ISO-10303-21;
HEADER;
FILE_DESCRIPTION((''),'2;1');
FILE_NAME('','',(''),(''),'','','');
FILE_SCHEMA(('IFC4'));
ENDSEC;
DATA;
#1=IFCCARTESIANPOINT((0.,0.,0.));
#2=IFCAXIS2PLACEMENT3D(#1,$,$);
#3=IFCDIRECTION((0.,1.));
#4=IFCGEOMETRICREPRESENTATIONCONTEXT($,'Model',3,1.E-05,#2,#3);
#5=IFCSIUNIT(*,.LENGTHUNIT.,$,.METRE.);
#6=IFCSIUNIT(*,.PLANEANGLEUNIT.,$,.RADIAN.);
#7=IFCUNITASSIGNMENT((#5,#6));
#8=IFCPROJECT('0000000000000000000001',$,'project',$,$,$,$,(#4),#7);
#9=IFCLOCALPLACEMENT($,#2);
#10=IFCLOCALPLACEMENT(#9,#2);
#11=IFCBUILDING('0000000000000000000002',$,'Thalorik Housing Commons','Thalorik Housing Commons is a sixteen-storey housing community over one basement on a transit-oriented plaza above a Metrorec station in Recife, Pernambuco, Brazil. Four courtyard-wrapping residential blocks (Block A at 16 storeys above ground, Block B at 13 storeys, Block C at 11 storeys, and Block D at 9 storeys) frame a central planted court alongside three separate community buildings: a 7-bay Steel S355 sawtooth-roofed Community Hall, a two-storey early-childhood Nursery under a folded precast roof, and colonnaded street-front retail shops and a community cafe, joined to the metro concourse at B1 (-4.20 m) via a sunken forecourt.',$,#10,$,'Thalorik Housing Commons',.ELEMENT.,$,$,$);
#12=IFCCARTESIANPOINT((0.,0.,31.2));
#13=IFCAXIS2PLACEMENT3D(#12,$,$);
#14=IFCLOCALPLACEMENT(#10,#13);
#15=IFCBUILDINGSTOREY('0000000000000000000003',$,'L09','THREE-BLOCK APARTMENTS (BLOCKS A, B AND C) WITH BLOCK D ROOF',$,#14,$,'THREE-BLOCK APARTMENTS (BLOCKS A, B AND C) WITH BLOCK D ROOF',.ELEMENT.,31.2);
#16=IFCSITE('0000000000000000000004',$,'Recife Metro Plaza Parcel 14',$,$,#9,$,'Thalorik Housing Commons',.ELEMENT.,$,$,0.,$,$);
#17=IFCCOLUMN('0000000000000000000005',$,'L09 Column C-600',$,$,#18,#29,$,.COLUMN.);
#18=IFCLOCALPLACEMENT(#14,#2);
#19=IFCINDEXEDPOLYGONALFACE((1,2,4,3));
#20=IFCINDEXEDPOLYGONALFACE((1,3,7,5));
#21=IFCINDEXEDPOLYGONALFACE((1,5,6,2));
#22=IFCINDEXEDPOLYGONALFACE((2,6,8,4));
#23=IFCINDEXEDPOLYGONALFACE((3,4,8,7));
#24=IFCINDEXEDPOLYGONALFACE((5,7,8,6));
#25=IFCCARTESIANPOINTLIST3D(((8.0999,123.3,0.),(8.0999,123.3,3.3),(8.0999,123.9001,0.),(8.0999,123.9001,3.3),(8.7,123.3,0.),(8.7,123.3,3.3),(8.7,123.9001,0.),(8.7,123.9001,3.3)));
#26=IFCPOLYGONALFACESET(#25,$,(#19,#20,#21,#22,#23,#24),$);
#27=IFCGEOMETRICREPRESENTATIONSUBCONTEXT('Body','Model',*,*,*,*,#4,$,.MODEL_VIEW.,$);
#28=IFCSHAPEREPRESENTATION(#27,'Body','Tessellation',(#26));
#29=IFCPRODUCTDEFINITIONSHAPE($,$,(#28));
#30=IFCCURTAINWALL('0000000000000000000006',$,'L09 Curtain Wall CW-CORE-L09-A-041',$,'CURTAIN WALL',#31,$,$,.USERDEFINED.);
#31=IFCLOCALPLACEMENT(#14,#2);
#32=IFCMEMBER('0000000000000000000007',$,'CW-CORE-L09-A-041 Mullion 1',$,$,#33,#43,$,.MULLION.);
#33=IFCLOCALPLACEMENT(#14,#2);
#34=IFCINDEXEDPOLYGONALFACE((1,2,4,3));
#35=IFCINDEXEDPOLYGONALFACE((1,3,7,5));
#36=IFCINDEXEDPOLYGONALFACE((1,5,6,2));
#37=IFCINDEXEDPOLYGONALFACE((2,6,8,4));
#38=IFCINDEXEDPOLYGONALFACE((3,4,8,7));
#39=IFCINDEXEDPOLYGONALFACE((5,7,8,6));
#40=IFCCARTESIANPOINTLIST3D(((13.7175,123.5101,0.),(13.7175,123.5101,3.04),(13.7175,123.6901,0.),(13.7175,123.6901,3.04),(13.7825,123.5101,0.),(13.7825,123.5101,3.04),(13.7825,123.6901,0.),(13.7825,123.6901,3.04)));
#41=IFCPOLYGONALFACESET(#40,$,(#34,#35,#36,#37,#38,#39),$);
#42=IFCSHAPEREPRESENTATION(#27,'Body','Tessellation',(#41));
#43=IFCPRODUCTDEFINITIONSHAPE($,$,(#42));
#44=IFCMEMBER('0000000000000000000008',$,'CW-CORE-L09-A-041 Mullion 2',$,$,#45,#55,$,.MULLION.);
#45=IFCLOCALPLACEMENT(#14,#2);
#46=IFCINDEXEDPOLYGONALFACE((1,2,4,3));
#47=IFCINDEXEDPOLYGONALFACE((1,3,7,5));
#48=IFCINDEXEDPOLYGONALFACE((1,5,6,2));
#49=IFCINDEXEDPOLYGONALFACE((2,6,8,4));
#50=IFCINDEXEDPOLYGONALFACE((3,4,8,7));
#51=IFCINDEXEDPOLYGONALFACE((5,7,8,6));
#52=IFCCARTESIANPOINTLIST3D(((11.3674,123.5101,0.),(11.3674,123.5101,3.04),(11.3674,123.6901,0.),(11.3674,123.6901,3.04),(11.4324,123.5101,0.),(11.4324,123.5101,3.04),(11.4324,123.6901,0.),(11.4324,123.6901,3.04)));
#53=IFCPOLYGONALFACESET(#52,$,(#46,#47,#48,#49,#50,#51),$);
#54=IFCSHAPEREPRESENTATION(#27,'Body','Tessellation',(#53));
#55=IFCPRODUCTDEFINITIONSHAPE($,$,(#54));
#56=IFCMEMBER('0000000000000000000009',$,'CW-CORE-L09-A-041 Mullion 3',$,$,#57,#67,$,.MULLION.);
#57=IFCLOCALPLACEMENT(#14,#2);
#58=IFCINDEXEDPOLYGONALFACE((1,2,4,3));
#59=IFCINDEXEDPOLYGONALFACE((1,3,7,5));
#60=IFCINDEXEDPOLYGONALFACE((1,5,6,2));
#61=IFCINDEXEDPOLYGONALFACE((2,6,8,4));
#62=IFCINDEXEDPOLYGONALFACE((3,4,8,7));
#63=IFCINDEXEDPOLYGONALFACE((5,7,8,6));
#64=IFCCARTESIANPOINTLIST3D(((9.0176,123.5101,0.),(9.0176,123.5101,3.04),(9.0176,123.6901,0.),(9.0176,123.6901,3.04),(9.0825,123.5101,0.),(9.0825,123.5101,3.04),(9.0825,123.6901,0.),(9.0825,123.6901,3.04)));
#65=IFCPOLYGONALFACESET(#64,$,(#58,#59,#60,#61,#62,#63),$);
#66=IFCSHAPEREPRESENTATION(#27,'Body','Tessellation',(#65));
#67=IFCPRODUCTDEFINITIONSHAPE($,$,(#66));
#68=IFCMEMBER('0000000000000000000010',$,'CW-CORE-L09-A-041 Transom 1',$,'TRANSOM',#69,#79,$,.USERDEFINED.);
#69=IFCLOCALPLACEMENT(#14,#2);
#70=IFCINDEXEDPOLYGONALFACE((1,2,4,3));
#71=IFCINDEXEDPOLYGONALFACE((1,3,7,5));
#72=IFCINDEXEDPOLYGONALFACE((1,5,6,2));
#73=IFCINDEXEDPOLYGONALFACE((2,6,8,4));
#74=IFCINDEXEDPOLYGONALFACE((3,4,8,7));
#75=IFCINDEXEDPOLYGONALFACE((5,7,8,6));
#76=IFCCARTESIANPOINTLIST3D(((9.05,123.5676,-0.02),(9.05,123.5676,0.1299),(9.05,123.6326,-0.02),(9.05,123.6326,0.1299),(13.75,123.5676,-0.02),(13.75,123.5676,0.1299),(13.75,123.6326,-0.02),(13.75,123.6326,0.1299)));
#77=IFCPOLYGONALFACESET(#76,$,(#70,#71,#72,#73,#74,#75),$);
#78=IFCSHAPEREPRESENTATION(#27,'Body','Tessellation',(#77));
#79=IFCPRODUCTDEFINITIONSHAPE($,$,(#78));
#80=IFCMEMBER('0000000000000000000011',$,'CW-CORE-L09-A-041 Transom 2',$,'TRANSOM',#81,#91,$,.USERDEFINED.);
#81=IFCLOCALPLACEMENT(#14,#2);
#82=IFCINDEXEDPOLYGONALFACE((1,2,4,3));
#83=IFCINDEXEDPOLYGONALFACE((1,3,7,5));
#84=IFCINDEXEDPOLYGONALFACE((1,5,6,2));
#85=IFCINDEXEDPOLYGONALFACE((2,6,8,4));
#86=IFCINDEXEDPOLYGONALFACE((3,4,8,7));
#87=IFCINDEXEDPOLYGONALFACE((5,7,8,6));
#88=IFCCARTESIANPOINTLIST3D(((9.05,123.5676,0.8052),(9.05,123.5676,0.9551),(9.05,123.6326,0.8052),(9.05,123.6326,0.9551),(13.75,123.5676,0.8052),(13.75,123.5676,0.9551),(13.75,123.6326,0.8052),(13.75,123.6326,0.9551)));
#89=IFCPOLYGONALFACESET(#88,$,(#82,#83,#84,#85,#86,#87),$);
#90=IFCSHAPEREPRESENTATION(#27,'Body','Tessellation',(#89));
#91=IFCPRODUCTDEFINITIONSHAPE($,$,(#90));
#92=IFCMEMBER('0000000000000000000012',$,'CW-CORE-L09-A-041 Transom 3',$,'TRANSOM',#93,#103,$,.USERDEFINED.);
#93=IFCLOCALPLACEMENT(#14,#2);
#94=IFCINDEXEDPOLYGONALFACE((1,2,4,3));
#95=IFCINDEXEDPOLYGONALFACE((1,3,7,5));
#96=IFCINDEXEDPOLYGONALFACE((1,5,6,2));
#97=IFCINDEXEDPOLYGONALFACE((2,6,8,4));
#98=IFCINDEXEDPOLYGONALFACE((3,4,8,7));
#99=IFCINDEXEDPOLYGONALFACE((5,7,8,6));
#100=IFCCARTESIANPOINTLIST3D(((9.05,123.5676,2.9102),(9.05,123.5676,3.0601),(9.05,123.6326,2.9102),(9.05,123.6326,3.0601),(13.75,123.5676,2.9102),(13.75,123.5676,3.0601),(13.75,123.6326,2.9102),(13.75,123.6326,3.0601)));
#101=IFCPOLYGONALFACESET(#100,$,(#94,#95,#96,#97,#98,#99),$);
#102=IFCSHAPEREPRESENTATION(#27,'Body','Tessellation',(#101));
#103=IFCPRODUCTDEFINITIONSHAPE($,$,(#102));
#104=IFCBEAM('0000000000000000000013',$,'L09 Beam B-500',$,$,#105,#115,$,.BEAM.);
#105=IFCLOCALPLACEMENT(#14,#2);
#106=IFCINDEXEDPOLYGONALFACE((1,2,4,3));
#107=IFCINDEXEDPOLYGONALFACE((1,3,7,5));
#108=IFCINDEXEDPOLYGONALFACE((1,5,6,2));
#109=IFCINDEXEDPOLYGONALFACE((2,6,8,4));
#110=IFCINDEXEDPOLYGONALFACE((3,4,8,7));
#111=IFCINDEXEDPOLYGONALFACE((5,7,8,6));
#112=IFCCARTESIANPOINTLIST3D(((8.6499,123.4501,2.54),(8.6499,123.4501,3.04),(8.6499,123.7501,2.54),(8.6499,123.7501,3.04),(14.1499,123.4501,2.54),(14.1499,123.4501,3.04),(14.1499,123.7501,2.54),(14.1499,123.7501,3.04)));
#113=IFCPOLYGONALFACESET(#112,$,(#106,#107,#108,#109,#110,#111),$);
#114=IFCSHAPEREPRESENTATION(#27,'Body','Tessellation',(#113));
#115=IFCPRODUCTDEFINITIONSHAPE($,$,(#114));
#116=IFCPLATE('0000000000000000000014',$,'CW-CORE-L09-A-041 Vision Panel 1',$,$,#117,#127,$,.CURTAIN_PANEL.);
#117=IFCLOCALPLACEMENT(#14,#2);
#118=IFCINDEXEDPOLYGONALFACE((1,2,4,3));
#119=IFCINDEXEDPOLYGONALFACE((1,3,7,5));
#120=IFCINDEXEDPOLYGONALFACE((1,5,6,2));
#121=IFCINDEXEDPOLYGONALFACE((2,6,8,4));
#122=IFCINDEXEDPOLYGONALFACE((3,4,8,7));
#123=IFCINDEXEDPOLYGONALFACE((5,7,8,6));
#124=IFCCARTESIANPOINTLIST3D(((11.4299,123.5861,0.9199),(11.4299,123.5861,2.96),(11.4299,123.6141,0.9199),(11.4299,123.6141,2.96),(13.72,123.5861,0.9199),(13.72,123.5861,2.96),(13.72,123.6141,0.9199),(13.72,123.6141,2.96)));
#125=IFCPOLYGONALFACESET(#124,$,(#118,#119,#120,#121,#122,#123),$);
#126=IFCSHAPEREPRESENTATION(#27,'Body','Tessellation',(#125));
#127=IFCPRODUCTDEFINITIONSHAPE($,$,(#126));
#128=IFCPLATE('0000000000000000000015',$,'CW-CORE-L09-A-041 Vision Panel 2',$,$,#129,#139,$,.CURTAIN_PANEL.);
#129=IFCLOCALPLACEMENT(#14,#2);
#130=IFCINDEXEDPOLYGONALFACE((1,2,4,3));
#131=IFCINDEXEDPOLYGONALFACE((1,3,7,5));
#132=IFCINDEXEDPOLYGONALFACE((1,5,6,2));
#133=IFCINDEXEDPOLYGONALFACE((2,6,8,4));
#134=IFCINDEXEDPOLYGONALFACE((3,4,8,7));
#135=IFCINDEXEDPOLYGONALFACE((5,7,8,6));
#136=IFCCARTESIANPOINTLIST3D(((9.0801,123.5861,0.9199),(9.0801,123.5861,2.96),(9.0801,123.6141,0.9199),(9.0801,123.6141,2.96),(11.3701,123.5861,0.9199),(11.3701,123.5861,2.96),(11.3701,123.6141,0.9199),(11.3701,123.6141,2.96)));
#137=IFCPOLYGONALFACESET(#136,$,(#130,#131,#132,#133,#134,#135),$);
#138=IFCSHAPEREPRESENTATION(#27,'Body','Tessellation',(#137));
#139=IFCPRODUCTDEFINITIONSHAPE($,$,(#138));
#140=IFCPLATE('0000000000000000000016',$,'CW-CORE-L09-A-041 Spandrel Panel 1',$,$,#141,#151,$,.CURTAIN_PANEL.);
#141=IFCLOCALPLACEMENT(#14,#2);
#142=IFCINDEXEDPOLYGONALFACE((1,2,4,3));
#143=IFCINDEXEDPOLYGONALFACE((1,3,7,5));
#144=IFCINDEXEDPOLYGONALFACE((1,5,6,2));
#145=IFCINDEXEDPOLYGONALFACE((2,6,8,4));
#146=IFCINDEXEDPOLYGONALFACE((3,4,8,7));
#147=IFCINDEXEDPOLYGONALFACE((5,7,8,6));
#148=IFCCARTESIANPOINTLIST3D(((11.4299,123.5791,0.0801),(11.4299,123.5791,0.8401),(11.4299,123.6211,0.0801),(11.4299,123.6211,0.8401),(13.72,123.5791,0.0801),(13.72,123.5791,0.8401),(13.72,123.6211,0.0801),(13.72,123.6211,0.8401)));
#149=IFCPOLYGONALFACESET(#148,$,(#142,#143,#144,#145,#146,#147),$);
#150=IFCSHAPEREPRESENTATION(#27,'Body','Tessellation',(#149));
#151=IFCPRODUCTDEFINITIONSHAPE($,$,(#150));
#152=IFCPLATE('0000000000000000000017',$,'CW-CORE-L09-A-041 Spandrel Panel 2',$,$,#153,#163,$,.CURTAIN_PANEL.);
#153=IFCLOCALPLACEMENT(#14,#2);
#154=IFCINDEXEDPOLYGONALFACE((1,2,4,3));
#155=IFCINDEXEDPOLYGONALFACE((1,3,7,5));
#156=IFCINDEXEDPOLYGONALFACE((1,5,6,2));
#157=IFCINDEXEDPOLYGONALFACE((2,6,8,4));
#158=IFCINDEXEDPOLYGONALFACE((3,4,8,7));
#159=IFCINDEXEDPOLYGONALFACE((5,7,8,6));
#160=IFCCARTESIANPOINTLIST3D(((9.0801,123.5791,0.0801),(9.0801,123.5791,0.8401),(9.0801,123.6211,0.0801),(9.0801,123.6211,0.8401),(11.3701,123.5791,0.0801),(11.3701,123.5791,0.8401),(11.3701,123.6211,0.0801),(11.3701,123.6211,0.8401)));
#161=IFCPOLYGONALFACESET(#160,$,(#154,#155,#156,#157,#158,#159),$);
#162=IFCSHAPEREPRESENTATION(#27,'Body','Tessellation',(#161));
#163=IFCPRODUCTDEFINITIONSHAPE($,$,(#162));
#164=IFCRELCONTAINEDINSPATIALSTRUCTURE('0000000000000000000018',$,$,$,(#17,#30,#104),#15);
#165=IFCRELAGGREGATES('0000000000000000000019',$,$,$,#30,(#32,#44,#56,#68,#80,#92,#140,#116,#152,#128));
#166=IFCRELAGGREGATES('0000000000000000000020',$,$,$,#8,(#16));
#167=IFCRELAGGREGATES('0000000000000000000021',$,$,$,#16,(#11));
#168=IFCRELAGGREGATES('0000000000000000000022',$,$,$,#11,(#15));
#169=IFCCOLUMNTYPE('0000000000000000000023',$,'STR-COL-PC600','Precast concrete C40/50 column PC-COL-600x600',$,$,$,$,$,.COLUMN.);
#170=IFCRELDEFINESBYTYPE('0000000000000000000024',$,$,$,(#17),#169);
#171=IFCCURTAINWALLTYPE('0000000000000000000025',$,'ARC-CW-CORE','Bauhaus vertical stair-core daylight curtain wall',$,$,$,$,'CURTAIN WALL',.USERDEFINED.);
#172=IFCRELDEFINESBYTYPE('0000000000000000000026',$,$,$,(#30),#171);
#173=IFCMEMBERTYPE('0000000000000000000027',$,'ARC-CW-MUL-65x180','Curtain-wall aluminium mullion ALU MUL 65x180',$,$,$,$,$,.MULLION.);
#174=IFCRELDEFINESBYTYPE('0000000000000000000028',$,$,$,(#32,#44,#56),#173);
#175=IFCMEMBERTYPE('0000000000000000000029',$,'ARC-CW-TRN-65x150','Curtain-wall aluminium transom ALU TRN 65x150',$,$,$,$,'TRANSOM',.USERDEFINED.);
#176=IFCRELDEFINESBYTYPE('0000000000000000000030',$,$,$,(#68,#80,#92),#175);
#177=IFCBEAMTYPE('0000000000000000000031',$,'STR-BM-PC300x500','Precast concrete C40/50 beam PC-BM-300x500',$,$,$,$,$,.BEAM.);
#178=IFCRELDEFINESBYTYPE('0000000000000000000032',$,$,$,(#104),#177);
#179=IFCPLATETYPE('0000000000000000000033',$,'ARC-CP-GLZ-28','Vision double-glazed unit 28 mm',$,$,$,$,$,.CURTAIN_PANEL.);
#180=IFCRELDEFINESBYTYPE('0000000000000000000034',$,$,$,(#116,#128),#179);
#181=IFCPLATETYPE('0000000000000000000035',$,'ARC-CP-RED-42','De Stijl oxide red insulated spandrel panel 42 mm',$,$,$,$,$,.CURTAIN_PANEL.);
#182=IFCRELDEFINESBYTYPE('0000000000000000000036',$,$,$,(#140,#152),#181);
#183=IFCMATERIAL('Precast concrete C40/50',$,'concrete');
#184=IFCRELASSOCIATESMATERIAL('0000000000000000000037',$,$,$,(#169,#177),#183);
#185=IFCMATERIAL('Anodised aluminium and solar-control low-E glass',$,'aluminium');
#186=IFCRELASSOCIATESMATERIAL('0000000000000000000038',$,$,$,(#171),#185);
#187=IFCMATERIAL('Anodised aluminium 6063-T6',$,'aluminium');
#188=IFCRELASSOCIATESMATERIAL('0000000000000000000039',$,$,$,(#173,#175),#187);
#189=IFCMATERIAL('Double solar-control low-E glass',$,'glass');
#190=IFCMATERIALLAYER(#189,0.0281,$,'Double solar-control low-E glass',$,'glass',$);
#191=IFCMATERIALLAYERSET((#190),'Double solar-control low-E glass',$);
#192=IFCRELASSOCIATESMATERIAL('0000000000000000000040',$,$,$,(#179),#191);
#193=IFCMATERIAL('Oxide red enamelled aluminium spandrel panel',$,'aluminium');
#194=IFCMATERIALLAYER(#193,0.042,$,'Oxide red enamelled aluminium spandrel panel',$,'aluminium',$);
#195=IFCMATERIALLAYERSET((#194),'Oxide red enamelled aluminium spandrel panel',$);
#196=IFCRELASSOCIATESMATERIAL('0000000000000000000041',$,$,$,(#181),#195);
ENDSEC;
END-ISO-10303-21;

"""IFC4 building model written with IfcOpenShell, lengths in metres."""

from ifc_helpers import new_model, si_unit, direction, frame, origin, origin_2d, place, context, subcontext, project, spatial, rectangle, extrude, material, layer, layer_set, material_profile, profile_set, type_object, element, aggregate, save


model = new_model("IFC4")

# Units and contexts
model_context = context("Model", 3, precision=1e-05, world=origin(), true_north=direction((0.0, 1.0)))
body_context = subcontext(model_context, "Body", "Model", "MODEL_VIEW")
ifc_project = project(units=[si_unit("LENGTHUNIT", "METRE"), si_unit("PLANEANGLEUNIT", "RADIAN")], contexts=[model_context])

# Site, building, storey
site_placement = place(None, origin())
site = spatial("IfcSite", under=ifc_project, at=site_placement, Name="Recife Metro Plaza Parcel 14", LongName="Thalorik Housing Commons", CompositionType="ELEMENT", RefElevation=0.0)
building_placement = place(site_placement, origin())
building = spatial("IfcBuilding", under=site, at=building_placement, Name="Thalorik Housing Commons", Description="Thalorik Housing Commons is a sixteen-storey housing community over one basement on a transit-oriented plaza above a Metrorec station in Recife, Pernambuco, Brazil. Four courtyard-wrapping residential blocks (Block A at 16 storeys above ground, Block B at 13 storeys, Block C at 11 storeys, and Block D at 9 storeys) frame a central planted court alongside three separate community buildings: a 7-bay Steel S355 sawtooth-roofed Community Hall, a two-storey early-childhood Nursery under a folded precast roof, and colonnaded street-front retail shops and a community cafe, joined to the metro concourse at B1 (-4.20 m) via a sunken forecourt.", LongName="Thalorik Housing Commons", CompositionType="ELEMENT")
storey_placement = place(building_placement, frame((0.0, 0.0, 31.2)))
storey = spatial("IfcBuildingStorey", under=building, at=storey_placement, Name="L09", Description="THREE-BLOCK APARTMENTS (BLOCKS A, B AND C) WITH BLOCK D ROOF", LongName="THREE-BLOCK APARTMENTS (BLOCKS A, B AND C) WITH BLOCK D ROOF", CompositionType="ELEMENT", Elevation=31.2)

# Column
ifc_material_1 = material(Name="Precast concrete C40/50", Category="concrete")
ifc_material_profile_1 = material_profile(ifc_material_1, rectangle(XDim=0.6001, YDim=0.6001, at=origin_2d()), Name="PC 600x600", Category="concrete")
ifc_profile_set_1 = profile_set([ifc_material_profile_1], Name="Precast concrete C40/50")
column_type = type_object("IfcColumnType", Name="STR-COL-PC600", Description="Precast concrete C40/50 column PC-COL-600x600", PredefinedType="COLUMN", material=ifc_profile_set_1)
column_placement = place(storey_placement, frame((8.3999, 123.6001, 0.0), z_axis=(0.0, 0.0, 1.0), x_axis=(1.0, 0.0, 0.0)))
element("IfcColumn", 1, at=column_placement, inside=storey, type_object=column_type, Name="L09 Column C-600", PredefinedType="COLUMN", context=body_context, shape_type="SweptSolid", body=[
    extrude(rectangle(XDim=0.6001, YDim=0.6001, at=origin_2d()), origin(), (0.0, 0.0, 1.0), 3.3),
])

# Curtain wall, members
ifc_material_2 = material(Name="Anodised aluminium and solar-control low-E glass", Category="aluminium")
curtain_wall_type = type_object("IfcCurtainWallType", Name="ARC-CW-CORE", Description="Bauhaus vertical stair-core daylight curtain wall", ElementType="CURTAIN WALL", PredefinedType="USERDEFINED", material=ifc_material_2)
curtain_wall_placement = place(storey_placement, origin())
curtain_wall = element("IfcCurtainWall", 2, at=curtain_wall_placement, inside=storey, type_object=curtain_wall_type, Name="L09 Curtain Wall CW-CORE-L09-A-041", ObjectType="CURTAIN WALL", PredefinedType="USERDEFINED")
ifc_material_3 = material(Name="Anodised aluminium 6063-T6", Category="aluminium")
ifc_material_profile_2 = material_profile(ifc_material_3, rectangle(XDim=0.0649, YDim=0.1799, at=origin_2d()), Name="ALU MUL 65x180", Category="aluminium")
ifc_profile_set_2 = profile_set([ifc_material_profile_2], Name="Anodised aluminium 6063-T6")
member_type_1 = type_object("IfcMemberType", Name="ARC-CW-MUL-65x180", Description="Curtain-wall aluminium mullion ALU MUL 65x180", PredefinedType="MULLION", material=ifc_profile_set_2)
member_1_placement = place(storey_placement, frame((13.75, 123.6001, 0.0), z_axis=(0.0, 0.0, 1.0), x_axis=(-1.0, 0.0, 0.0)))
member_1 = element("IfcMember", 3, at=member_1_placement, type_object=member_type_1, Name="CW-CORE-L09-A-041 Mullion 1", PredefinedType="MULLION", context=body_context, shape_type="SweptSolid", body=[
    extrude(rectangle(XDim=0.0649, YDim=0.1799, at=origin_2d()), origin(), (0.0, 0.0, 1.0), 3.04),
])
member_2_placement = place(storey_placement, frame((11.3999, 123.6001, 0.0), z_axis=(0.0, 0.0, 1.0), x_axis=(-1.0, 0.0, 0.0)))
member_2 = element("IfcMember", 4, at=member_2_placement, type_object=member_type_1, Name="CW-CORE-L09-A-041 Mullion 2", PredefinedType="MULLION", context=body_context, shape_type="SweptSolid", body=[
    extrude(rectangle(XDim=0.0649, YDim=0.1799, at=origin_2d()), origin(), (0.0, 0.0, 1.0), 3.04),
])
member_3_placement = place(storey_placement, frame((9.05, 123.6001, 0.0), z_axis=(0.0, 0.0, 1.0), x_axis=(-1.0, 0.0, 0.0)))
member_3 = element("IfcMember", 5, at=member_3_placement, type_object=member_type_1, Name="CW-CORE-L09-A-041 Mullion 3", PredefinedType="MULLION", context=body_context, shape_type="SweptSolid", body=[
    extrude(rectangle(XDim=0.0649, YDim=0.1799, at=origin_2d()), origin(), (0.0, 0.0, 1.0), 3.04),
])
ifc_material_profile_3 = material_profile(ifc_material_3, rectangle(XDim=0.0649, YDim=0.1499, at=origin_2d()), Name="ALU TRN 65x150", Category="aluminium")
ifc_profile_set_3 = profile_set([ifc_material_profile_3], Name="Anodised aluminium 6063-T6")
member_type_2 = type_object("IfcMemberType", Name="ARC-CW-TRN-65x150", Description="Curtain-wall aluminium transom ALU TRN 65x150", ElementType="TRANSOM", PredefinedType="USERDEFINED", material=ifc_profile_set_3)
member_4_placement = place(storey_placement, frame((13.75, 123.6001, 0.0549), z_axis=(-1.0, 0.0, 0.0), x_axis=(0.0, -1.0, 0.0)))
member_4 = element("IfcMember", 6, at=member_4_placement, type_object=member_type_2, Name="CW-CORE-L09-A-041 Transom 1", ObjectType="TRANSOM", PredefinedType="USERDEFINED", context=body_context, shape_type="SweptSolid", body=[
    extrude(rectangle(XDim=0.0649, YDim=0.1499, at=origin_2d()), origin(), (0.0, 0.0, 1.0), 4.7),
])
member_5_placement = place(storey_placement, frame((13.75, 123.6001, 0.8801), z_axis=(-1.0, 0.0, 0.0), x_axis=(0.0, -1.0, 0.0)))
member_5 = element("IfcMember", 7, at=member_5_placement, type_object=member_type_2, Name="CW-CORE-L09-A-041 Transom 2", ObjectType="TRANSOM", PredefinedType="USERDEFINED", context=body_context, shape_type="SweptSolid", body=[
    extrude(rectangle(XDim=0.0649, YDim=0.1499, at=origin_2d()), origin(), (0.0, 0.0, 1.0), 4.7),
])
member_6_placement = place(storey_placement, frame((13.75, 123.6001, 2.9851), z_axis=(-1.0, 0.0, 0.0), x_axis=(0.0, -1.0, 0.0)))
member_6 = element("IfcMember", 8, at=member_6_placement, type_object=member_type_2, Name="CW-CORE-L09-A-041 Transom 3", ObjectType="TRANSOM", PredefinedType="USERDEFINED", context=body_context, shape_type="SweptSolid", body=[
    extrude(rectangle(XDim=0.0649, YDim=0.1499, at=origin_2d()), origin(), (0.0, 0.0, 1.0), 4.7),
])

# Beam
ifc_material_profile_4 = material_profile(ifc_material_1, rectangle(XDim=0.3, YDim=0.5, at=origin_2d()), Name="PC 300x500", Category="concrete")
ifc_profile_set_4 = profile_set([ifc_material_profile_4], Name="Precast concrete C40/50")
beam_type = type_object("IfcBeamType", Name="STR-BM-PC300x500", Description="Precast concrete C40/50 beam PC-BM-300x500", PredefinedType="BEAM", material=ifc_profile_set_4)
beam_placement = place(storey_placement, frame((8.6499, 123.6001, 2.79), z_axis=(1.0, 0.0, 0.0), x_axis=(0.0, 1.0, 0.0)))
element("IfcBeam", 9, at=beam_placement, inside=storey, type_object=beam_type, Name="L09 Beam B-500", PredefinedType="BEAM", context=body_context, shape_type="SweptSolid", body=[
    extrude(rectangle(XDim=0.3, YDim=0.5, at=origin_2d()), origin(), (0.0, 0.0, 1.0), 5.5),
])

# Plates
ifc_material_4 = material(Name="Double solar-control low-E glass", Category="glass")
ifc_layer_1 = layer(ifc_material_4, 0.0281, Name="Double solar-control low-E glass", Category="glass")
ifc_layer_set_1 = layer_set([ifc_layer_1], Name="Double solar-control low-E glass")
plate_type_1 = type_object("IfcPlateType", Name="ARC-CP-GLZ-28", Description="Vision double-glazed unit 28 mm", PredefinedType="CURTAIN_PANEL", material=ifc_layer_set_1)
plate_1_placement = place(storey_placement, frame((12.575, 123.6001, 0.9199), z_axis=(0.0, 0.0, 1.0), x_axis=(-1.0, 0.0, 0.0)))
plate_1 = element("IfcPlate", 10, at=plate_1_placement, type_object=plate_type_1, Name="CW-CORE-L09-A-041 Vision Panel 1", PredefinedType="CURTAIN_PANEL", context=body_context, shape_type="SweptSolid", body=[
    extrude(rectangle(XDim=2.29, YDim=0.0281, at=origin_2d()), origin(), (0.0, 0.0, 1.0), 2.04),
])
plate_2_placement = place(storey_placement, frame((10.2251, 123.6001, 0.9199), z_axis=(0.0, 0.0, 1.0), x_axis=(-1.0, 0.0, 0.0)))
plate_2 = element("IfcPlate", 11, at=plate_2_placement, type_object=plate_type_1, Name="CW-CORE-L09-A-041 Vision Panel 2", PredefinedType="CURTAIN_PANEL", context=body_context, shape_type="SweptSolid", body=[
    extrude(rectangle(XDim=2.29, YDim=0.0281, at=origin_2d()), origin(), (0.0, 0.0, 1.0), 2.04),
])
ifc_material_5 = material(Name="Oxide red enamelled aluminium spandrel panel", Category="aluminium")
ifc_layer_2 = layer(ifc_material_5, 0.042, Name="Oxide red enamelled aluminium spandrel panel", Category="aluminium")
ifc_layer_set_2 = layer_set([ifc_layer_2], Name="Oxide red enamelled aluminium spandrel panel")
plate_type_2 = type_object("IfcPlateType", Name="ARC-CP-RED-42", Description="De Stijl oxide red insulated spandrel panel 42 mm", PredefinedType="CURTAIN_PANEL", material=ifc_layer_set_2)
plate_3_placement = place(storey_placement, frame((12.575, 123.6001, 0.0801), z_axis=(0.0, 0.0, 1.0), x_axis=(-1.0, 0.0, 0.0)))
plate_3 = element("IfcPlate", 12, at=plate_3_placement, type_object=plate_type_2, Name="CW-CORE-L09-A-041 Spandrel Panel 1", PredefinedType="CURTAIN_PANEL", context=body_context, shape_type="SweptSolid", body=[
    extrude(rectangle(XDim=2.29, YDim=0.042, at=origin_2d()), origin(), (0.0, 0.0, 1.0), 0.76),
])
plate_4_placement = place(storey_placement, frame((10.2251, 123.6001, 0.0801), z_axis=(0.0, 0.0, 1.0), x_axis=(-1.0, 0.0, 0.0)))
plate_4 = element("IfcPlate", 13, at=plate_4_placement, type_object=plate_type_2, Name="CW-CORE-L09-A-041 Spandrel Panel 2", PredefinedType="CURTAIN_PANEL", context=body_context, shape_type="SweptSolid", body=[
    extrude(rectangle(XDim=2.29, YDim=0.042, at=origin_2d()), origin(), (0.0, 0.0, 1.0), 0.76),
])
aggregate(curtain_wall, [member_1, member_2, member_3, member_4, member_5, member_6, plate_3, plate_1, plate_4, plate_2])

save(model, "model.ifc")
